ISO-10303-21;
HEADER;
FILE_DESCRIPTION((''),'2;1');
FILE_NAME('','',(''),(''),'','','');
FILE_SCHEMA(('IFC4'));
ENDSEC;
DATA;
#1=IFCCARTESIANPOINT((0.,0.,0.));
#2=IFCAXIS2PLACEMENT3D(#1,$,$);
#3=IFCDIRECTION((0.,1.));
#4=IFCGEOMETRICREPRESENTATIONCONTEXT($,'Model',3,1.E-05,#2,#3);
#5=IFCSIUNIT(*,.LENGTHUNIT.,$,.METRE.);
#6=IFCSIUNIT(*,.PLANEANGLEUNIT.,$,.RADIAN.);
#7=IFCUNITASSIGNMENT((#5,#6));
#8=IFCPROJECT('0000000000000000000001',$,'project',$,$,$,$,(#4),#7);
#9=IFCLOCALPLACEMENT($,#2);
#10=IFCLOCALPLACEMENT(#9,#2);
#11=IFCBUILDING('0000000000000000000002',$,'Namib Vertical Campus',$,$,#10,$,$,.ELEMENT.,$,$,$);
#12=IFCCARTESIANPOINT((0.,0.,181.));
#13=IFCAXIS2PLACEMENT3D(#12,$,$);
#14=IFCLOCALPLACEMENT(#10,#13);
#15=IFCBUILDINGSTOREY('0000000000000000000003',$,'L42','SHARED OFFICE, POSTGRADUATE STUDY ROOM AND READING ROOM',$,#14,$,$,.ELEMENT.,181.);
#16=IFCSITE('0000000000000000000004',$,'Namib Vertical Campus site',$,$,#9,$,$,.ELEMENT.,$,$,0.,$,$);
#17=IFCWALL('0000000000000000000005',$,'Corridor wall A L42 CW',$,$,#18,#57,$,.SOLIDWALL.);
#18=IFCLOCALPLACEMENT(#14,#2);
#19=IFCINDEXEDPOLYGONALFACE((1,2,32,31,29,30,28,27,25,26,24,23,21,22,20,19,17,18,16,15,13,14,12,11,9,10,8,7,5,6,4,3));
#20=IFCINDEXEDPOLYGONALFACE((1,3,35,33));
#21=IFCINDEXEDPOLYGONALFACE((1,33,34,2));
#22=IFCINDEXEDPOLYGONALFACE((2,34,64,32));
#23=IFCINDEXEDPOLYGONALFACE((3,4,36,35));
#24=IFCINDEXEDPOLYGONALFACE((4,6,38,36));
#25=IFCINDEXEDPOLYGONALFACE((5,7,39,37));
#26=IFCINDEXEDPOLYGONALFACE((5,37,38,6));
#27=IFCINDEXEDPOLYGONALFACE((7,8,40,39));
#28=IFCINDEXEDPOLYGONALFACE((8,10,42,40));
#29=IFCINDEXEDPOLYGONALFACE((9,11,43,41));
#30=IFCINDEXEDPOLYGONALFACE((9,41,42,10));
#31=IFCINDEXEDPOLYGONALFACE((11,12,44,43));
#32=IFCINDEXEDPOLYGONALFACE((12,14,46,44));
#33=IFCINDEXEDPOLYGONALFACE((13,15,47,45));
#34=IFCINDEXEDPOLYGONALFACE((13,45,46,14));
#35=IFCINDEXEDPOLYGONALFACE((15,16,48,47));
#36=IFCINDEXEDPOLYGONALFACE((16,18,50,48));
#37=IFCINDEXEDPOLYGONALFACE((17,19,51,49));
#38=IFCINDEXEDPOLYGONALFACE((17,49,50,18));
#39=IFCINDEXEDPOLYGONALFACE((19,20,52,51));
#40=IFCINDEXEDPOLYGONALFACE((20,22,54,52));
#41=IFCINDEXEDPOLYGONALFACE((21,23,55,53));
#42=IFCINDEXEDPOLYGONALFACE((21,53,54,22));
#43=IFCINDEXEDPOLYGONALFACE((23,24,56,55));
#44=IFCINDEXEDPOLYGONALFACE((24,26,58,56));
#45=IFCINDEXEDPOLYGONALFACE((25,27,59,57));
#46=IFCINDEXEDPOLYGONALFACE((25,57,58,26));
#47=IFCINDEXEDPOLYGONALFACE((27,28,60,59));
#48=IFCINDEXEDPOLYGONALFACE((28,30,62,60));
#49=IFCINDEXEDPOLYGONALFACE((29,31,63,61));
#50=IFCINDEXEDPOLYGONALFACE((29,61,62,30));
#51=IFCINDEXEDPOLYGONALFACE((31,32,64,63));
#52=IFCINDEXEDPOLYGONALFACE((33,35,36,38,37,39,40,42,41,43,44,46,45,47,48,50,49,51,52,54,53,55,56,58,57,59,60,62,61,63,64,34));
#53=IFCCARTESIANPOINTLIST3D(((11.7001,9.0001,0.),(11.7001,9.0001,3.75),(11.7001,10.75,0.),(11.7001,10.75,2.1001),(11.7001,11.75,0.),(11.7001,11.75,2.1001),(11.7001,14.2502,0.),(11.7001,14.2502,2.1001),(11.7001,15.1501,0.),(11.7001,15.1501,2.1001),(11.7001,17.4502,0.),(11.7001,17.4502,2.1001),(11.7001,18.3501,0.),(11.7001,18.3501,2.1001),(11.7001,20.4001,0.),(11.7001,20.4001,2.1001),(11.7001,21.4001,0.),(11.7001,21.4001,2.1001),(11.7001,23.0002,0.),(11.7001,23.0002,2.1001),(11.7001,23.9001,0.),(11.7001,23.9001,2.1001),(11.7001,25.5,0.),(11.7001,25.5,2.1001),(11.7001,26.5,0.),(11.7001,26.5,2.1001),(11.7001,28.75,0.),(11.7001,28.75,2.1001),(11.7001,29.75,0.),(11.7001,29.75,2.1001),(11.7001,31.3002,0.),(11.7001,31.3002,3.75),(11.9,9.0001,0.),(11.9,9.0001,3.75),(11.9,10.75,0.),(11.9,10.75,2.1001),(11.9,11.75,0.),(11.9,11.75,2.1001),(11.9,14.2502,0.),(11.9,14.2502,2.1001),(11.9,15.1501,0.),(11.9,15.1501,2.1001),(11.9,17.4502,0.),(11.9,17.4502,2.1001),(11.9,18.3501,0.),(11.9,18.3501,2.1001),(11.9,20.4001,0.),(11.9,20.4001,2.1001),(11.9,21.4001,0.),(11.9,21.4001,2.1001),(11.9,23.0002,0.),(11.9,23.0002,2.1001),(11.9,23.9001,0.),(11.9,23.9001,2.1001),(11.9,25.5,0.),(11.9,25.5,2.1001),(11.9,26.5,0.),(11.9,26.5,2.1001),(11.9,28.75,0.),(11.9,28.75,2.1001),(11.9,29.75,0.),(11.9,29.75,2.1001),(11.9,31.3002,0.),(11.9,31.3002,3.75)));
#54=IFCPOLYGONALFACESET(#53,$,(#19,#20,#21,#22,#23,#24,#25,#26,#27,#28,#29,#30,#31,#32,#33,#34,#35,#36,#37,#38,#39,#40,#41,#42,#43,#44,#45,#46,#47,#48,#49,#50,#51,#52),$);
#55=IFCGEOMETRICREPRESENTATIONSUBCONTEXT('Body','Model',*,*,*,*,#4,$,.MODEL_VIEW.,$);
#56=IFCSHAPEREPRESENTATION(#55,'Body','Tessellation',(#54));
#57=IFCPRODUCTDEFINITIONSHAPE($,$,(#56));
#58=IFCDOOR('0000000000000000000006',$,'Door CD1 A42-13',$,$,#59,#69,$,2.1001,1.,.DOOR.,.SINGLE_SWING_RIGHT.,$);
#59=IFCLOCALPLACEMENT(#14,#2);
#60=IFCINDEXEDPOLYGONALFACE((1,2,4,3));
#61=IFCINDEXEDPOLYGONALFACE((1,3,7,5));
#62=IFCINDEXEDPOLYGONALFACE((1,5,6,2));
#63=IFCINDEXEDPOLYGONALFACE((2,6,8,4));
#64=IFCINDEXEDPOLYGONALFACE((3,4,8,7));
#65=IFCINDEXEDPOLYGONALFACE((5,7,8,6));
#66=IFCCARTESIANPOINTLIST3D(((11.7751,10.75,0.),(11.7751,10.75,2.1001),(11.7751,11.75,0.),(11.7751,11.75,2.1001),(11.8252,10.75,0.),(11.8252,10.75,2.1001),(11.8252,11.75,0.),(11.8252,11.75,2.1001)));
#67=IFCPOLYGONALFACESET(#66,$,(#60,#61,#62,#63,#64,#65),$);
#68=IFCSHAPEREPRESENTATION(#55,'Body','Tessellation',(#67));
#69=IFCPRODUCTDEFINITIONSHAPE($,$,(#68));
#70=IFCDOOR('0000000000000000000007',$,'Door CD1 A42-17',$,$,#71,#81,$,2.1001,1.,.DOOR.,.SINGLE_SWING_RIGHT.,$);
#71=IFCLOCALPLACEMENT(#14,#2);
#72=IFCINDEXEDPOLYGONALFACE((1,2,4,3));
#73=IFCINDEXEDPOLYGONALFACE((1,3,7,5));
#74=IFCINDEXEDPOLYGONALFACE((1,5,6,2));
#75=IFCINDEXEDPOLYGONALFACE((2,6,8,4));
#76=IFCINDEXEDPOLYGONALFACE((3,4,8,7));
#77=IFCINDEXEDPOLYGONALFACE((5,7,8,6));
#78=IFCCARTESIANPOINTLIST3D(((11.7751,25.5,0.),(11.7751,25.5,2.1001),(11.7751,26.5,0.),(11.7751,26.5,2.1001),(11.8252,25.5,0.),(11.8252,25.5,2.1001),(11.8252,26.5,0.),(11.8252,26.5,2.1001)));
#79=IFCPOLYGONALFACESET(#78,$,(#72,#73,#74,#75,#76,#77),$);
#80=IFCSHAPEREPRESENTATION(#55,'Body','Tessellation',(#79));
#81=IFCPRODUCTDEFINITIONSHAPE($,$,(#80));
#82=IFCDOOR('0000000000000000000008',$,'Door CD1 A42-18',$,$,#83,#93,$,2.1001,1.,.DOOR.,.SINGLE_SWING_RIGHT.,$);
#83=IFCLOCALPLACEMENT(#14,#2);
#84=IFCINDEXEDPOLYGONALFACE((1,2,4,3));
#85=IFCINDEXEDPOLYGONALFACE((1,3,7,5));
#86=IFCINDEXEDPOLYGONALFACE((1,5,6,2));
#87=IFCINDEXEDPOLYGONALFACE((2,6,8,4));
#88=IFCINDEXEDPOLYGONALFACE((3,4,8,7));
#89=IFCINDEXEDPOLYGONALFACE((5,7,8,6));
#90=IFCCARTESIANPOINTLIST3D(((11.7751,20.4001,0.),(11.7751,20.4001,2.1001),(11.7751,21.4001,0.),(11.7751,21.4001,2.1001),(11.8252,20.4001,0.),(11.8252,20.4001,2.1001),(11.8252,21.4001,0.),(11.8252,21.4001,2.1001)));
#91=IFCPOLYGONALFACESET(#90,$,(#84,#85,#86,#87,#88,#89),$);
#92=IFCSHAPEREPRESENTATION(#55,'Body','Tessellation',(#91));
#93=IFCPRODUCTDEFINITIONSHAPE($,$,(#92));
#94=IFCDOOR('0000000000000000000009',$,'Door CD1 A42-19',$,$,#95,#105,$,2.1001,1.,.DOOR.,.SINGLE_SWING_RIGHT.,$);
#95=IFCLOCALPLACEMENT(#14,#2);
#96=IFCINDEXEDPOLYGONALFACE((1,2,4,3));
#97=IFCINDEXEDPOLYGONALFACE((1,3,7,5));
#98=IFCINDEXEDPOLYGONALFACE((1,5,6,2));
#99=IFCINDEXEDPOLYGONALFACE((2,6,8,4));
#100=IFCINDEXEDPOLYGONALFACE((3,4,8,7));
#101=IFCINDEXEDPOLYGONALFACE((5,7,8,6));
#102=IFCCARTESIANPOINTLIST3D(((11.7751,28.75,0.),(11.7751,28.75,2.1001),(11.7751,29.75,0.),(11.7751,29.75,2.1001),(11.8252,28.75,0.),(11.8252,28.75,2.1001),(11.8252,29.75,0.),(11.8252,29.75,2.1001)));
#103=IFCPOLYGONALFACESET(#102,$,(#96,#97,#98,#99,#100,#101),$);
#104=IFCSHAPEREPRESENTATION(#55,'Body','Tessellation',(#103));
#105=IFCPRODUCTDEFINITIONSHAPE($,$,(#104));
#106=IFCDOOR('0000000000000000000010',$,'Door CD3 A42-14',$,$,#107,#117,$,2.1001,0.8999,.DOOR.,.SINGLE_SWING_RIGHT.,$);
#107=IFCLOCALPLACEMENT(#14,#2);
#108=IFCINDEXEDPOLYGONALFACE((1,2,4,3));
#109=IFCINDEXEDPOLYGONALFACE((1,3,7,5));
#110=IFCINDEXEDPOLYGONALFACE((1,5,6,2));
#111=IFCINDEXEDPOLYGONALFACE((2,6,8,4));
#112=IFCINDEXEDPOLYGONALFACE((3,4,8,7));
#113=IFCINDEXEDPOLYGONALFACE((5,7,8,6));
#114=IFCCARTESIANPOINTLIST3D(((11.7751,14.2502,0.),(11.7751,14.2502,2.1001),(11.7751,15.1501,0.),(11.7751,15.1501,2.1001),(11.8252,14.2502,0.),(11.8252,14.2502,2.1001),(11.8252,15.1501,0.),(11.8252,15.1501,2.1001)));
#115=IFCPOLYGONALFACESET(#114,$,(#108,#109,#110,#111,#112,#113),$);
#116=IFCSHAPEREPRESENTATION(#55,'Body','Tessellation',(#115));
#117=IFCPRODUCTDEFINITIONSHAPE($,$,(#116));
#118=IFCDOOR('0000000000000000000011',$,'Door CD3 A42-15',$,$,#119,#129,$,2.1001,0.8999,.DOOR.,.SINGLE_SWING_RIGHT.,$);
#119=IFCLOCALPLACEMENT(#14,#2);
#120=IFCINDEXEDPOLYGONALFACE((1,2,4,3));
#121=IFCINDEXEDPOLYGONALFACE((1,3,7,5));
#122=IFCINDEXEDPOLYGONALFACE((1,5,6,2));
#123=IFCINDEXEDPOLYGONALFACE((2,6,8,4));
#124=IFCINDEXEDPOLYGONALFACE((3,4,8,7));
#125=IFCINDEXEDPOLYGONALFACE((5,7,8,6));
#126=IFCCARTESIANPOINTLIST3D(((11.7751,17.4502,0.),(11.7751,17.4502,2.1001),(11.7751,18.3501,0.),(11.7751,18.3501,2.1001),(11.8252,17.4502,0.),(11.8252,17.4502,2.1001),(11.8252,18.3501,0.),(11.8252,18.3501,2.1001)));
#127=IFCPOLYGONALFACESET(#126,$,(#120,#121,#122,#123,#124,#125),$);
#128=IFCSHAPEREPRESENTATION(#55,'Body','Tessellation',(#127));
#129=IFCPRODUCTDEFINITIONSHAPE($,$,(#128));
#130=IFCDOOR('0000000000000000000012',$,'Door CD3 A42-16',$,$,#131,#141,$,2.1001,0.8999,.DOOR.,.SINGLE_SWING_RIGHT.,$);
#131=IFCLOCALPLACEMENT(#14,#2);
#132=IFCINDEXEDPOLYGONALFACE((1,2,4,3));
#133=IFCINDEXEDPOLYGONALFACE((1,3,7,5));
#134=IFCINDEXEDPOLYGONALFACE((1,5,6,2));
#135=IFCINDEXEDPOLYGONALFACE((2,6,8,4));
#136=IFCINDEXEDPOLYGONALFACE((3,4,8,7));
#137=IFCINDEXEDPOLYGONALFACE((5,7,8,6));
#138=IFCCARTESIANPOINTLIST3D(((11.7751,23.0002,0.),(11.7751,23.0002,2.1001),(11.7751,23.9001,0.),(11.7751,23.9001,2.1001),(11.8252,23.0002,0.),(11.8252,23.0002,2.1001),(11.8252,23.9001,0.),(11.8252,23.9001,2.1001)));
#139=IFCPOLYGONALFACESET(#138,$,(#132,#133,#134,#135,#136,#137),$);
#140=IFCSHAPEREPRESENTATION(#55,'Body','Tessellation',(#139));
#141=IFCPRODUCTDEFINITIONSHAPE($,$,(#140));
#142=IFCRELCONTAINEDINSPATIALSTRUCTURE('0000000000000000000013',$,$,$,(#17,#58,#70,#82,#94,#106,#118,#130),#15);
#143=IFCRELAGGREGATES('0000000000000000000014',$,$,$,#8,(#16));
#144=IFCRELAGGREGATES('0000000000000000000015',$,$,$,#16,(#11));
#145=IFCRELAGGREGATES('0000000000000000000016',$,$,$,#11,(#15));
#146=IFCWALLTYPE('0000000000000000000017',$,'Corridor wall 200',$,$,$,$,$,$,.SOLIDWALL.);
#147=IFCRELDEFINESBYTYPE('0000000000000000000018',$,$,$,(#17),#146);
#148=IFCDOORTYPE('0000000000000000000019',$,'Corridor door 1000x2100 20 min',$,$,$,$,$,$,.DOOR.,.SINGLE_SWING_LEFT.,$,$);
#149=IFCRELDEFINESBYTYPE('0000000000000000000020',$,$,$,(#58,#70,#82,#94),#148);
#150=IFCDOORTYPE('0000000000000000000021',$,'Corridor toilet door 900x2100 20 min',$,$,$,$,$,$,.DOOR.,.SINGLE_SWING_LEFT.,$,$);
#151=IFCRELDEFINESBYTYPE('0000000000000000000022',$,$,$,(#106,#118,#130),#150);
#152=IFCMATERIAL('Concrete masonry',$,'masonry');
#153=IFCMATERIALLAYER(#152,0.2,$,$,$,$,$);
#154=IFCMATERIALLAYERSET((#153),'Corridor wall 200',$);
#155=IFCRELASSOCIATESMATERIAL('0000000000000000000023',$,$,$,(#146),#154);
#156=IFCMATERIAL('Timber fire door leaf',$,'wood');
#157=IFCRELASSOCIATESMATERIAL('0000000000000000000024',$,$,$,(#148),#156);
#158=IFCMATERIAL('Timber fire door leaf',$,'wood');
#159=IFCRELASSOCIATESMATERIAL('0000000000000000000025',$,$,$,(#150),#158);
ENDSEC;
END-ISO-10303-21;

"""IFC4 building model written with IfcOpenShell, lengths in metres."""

from ifc_helpers import new_model, si_unit, direction, frame, frame_2d, origin, place, context, subcontext, project, spatial, rectangle, extrude, material, layer, layer_set, type_object, element, fill, save


model = new_model("IFC4")

# Units and contexts
model_context = context("Model", 3, precision=1e-05, world=origin(), true_north=direction((0.0, 1.0)))
body_context = subcontext(model_context, "Body", "Model", "MODEL_VIEW")
ifc_project = project(units=[si_unit("LENGTHUNIT", "METRE"), si_unit("PLANEANGLEUNIT", "RADIAN")], contexts=[model_context])

# Site, building, storey
site_placement = place(None, origin())
site = spatial("IfcSite", under=ifc_project, at=site_placement, Name="Namib Vertical Campus site", CompositionType="ELEMENT", RefElevation=0.0)
building_placement = place(site_placement, origin())
building = spatial("IfcBuilding", under=site, at=building_placement, Name="Namib Vertical Campus", CompositionType="ELEMENT")
storey_placement = place(building_placement, frame((0.0, 0.0, 181.0)))
storey = spatial("IfcBuildingStorey", under=building, at=storey_placement, Name="L42", Description="SHARED OFFICE, POSTGRADUATE STUDY ROOM AND READING ROOM", CompositionType="ELEMENT", Elevation=181.0)

# Wall, openings, doors
ifc_material_1 = material(Name="Concrete masonry", Category="masonry")
ifc_layer_1 = layer(ifc_material_1, 0.2)
ifc_layer_set_1 = layer_set([ifc_layer_1], Name="Corridor wall 200")
wall_type_1 = type_object("IfcWallType", Name="Corridor wall 200", PredefinedType="SOLIDWALL", material=ifc_layer_set_1)
wall_1_placement = place(storey_placement, frame((11.8, 31.3, 0.0), z_axis=(0.0, 0.0, 1.0), x_axis=(0.0, -1.0, 0.0)))
wall_1 = element("IfcWall", 1, at=wall_1_placement, inside=storey, type_object=wall_type_1, Name="Corridor wall A L42 CW", PredefinedType="SOLIDWALL", context=body_context, shape_type="SweptSolid", body=[
    extrude(rectangle(XDim=22.3, YDim=0.2, at=frame_2d((11.1499, 0.0))), origin(), (0.0, 0.0, 1.0), 3.75),
])
opening_1_placement = place(wall_1_placement, frame((19.55, 0.0, 0.0)))
opening_1 = element("IfcOpeningElement", 2, at=opening_1_placement, cuts=wall_1, PredefinedType="OPENING", context=body_context, shape_type="SweptSolid", body=[
    extrude(rectangle(XDim=1.0, YDim=2.1001, at=frame_2d((0.5, 1.05))), frame((0.0, 0.1099, 0.0), z_axis=(0.0, -1.0, 0.0), x_axis=(1.0, 0.0, 0.0)), (0.0, 0.0, 1.0), 0.22),
])
opening_2_placement = place(wall_1_placement, frame((16.1499, 0.0, 0.0)))
opening_2 = element("IfcOpeningElement", 3, at=opening_2_placement, cuts=wall_1, PredefinedType="OPENING", context=body_context, shape_type="SweptSolid", body=[
    extrude(rectangle(XDim=0.8999, YDim=2.1001, at=frame_2d((0.45, 1.05))), frame((0.0, 0.1099, 0.0), z_axis=(0.0, -1.0, 0.0), x_axis=(1.0, 0.0, 0.0)), (0.0, 0.0, 1.0), 0.22),
])
opening_3_placement = place(wall_1_placement, frame((12.95, 0.0, 0.0)))
opening_3 = element("IfcOpeningElement", 4, at=opening_3_placement, cuts=wall_1, PredefinedType="OPENING", context=body_context, shape_type="SweptSolid", body=[
    extrude(rectangle(XDim=0.8999, YDim=2.1001, at=frame_2d((0.45, 1.05))), frame((0.0, 0.1099, 0.0), z_axis=(0.0, -1.0, 0.0), x_axis=(1.0, 0.0, 0.0)), (0.0, 0.0, 1.0), 0.22),
])
opening_4_placement = place(wall_1_placement, frame((7.3999, 0.0, 0.0)))
opening_4 = element("IfcOpeningElement", 5, at=opening_4_placement, cuts=wall_1, PredefinedType="OPENING", context=body_context, shape_type="SweptSolid", body=[
    extrude(rectangle(XDim=0.8999, YDim=2.1001, at=frame_2d((0.45, 1.05))), frame((0.0, 0.1099, 0.0), z_axis=(0.0, -1.0, 0.0), x_axis=(1.0, 0.0, 0.0)), (0.0, 0.0, 1.0), 0.22),
])
opening_5_placement = place(wall_1_placement, frame((4.8, 0.0, 0.0)))
opening_5 = element("IfcOpeningElement", 6, at=opening_5_placement, cuts=wall_1, PredefinedType="OPENING", context=body_context, shape_type="SweptSolid", body=[
    extrude(rectangle(XDim=1.0, YDim=2.1001, at=frame_2d((0.5, 1.05))), frame((0.0, 0.1099, 0.0), z_axis=(0.0, -1.0, 0.0), x_axis=(1.0, 0.0, 0.0)), (0.0, 0.0, 1.0), 0.22),
])
opening_6_placement = place(wall_1_placement, frame((9.8999, 0.0, 0.0)))
opening_6 = element("IfcOpeningElement", 7, at=opening_6_placement, cuts=wall_1, PredefinedType="OPENING", context=body_context, shape_type="SweptSolid", body=[
    extrude(rectangle(XDim=1.0, YDim=2.1001, at=frame_2d((0.5, 1.05))), frame((0.0, 0.1099, 0.0), z_axis=(0.0, -1.0, 0.0), x_axis=(1.0, 0.0, 0.0)), (0.0, 0.0, 1.0), 0.22),
])
opening_7_placement = place(wall_1_placement, frame((1.55, 0.0, 0.0)))
opening_7 = element("IfcOpeningElement", 8, at=opening_7_placement, cuts=wall_1, PredefinedType="OPENING", context=body_context, shape_type="SweptSolid", body=[
    extrude(rectangle(XDim=1.0, YDim=2.1001, at=frame_2d((0.5, 1.05))), frame((0.0, 0.1099, 0.0), z_axis=(0.0, -1.0, 0.0), x_axis=(1.0, 0.0, 0.0)), (0.0, 0.0, 1.0), 0.22),
])
ifc_material_2 = material(Name="Timber fire door leaf", Category="wood")
door_type_1 = type_object("IfcDoorType", Name="Corridor door 1000x2100 20 min", OperationType="SINGLE_SWING_LEFT", PredefinedType="DOOR", material=ifc_material_2)
door_1_placement = place(opening_1_placement, frame((1.0, 0.0, 0.0), z_axis=(0.0, 0.0, 1.0), x_axis=(-1.0, 0.0, 0.0)))
door_1 = element("IfcDoor", 9, at=door_1_placement, inside=storey, type_object=door_type_1, Name="Door CD1 A42-13", OperationType="SINGLE_SWING_RIGHT", OverallHeight=2.1001, OverallWidth=1.0, PredefinedType="DOOR", context=body_context, shape_type="SweptSolid", body=[
    extrude(rectangle(XDim=1.0, YDim=2.1001, at=frame_2d((0.5, 1.05))), frame((0.0, 0.0249, 0.0), z_axis=(0.0, -1.0, 0.0), x_axis=(1.0, 0.0, 0.0)), (0.0, 0.0, 1.0), 0.05),
])
fill(opening_1, door_1)
door_2_placement = place(opening_5_placement, frame((1.0, 0.0, 0.0), z_axis=(0.0, 0.0, 1.0), x_axis=(-1.0, 0.0, 0.0)))
door_2 = element("IfcDoor", 10, at=door_2_placement, inside=storey, type_object=door_type_1, Name="Door CD1 A42-17", OperationType="SINGLE_SWING_RIGHT", OverallHeight=2.1001, OverallWidth=1.0, PredefinedType="DOOR", context=body_context, shape_type="SweptSolid", body=[
    extrude(rectangle(XDim=1.0, YDim=2.1001, at=frame_2d((0.5, 1.05))), frame((0.0, 0.0249, 0.0), z_axis=(0.0, -1.0, 0.0), x_axis=(1.0, 0.0, 0.0)), (0.0, 0.0, 1.0), 0.05),
])
fill(opening_5, door_2)
door_3_placement = place(opening_6_placement, frame((1.0, 0.0, 0.0), z_axis=(0.0, 0.0, 1.0), x_axis=(-1.0, 0.0, 0.0)))
door_3 = element("IfcDoor", 11, at=door_3_placement, inside=storey, type_object=door_type_1, Name="Door CD1 A42-18", OperationType="SINGLE_SWING_RIGHT", OverallHeight=2.1001, OverallWidth=1.0, PredefinedType="DOOR", context=body_context, shape_type="SweptSolid", body=[
    extrude(rectangle(XDim=1.0, YDim=2.1001, at=frame_2d((0.5, 1.05))), frame((0.0, 0.0249, 0.0), z_axis=(0.0, -1.0, 0.0), x_axis=(1.0, 0.0, 0.0)), (0.0, 0.0, 1.0), 0.05),
])
fill(opening_6, door_3)
door_4_placement = place(opening_7_placement, frame((1.0, 0.0, 0.0), z_axis=(0.0, 0.0, 1.0), x_axis=(-1.0, 0.0, 0.0)))
door_4 = element("IfcDoor", 12, at=door_4_placement, inside=storey, type_object=door_type_1, Name="Door CD1 A42-19", OperationType="SINGLE_SWING_RIGHT", OverallHeight=2.1001, OverallWidth=1.0, PredefinedType="DOOR", context=body_context, shape_type="SweptSolid", body=[
    extrude(rectangle(XDim=1.0, YDim=2.1001, at=frame_2d((0.5, 1.05))), frame((0.0, 0.0249, 0.0), z_axis=(0.0, -1.0, 0.0), x_axis=(1.0, 0.0, 0.0)), (0.0, 0.0, 1.0), 0.05),
])
fill(opening_7, door_4)
ifc_material_3 = material(Name="Timber fire door leaf", Category="wood")
door_type_2 = type_object("IfcDoorType", Name="Corridor toilet door 900x2100 20 min", OperationType="SINGLE_SWING_LEFT", PredefinedType="DOOR", material=ifc_material_3)
door_5_placement = place(opening_2_placement, frame((0.8999, 0.0, 0.0), z_axis=(0.0, 0.0, 1.0), x_axis=(-1.0, 0.0, 0.0)))
door_5 = element("IfcDoor", 13, at=door_5_placement, inside=storey, type_object=door_type_2, Name="Door CD3 A42-14", OperationType="SINGLE_SWING_RIGHT", OverallHeight=2.1001, OverallWidth=0.8999, PredefinedType="DOOR", context=body_context, shape_type="SweptSolid", body=[
    extrude(rectangle(XDim=0.8999, YDim=2.1001, at=frame_2d((0.45, 1.05))), frame((0.0, 0.0249, 0.0), z_axis=(0.0, -1.0, 0.0), x_axis=(1.0, 0.0, 0.0)), (0.0, 0.0, 1.0), 0.05),
])
fill(opening_2, door_5)
door_6_placement = place(opening_3_placement, frame((0.8999, 0.0, 0.0), z_axis=(0.0, 0.0, 1.0), x_axis=(-1.0, 0.0, 0.0)))
door_6 = element("IfcDoor", 14, at=door_6_placement, inside=storey, type_object=door_type_2, Name="Door CD3 A42-15", OperationType="SINGLE_SWING_RIGHT", OverallHeight=2.1001, OverallWidth=0.8999, PredefinedType="DOOR", context=body_context, shape_type="SweptSolid", body=[
    extrude(rectangle(XDim=0.8999, YDim=2.1001, at=frame_2d((0.45, 1.05))), frame((0.0, 0.0249, 0.0), z_axis=(0.0, -1.0, 0.0), x_axis=(1.0, 0.0, 0.0)), (0.0, 0.0, 1.0), 0.05),
])
fill(opening_3, door_6)
door_7_placement = place(opening_4_placement, frame((0.8999, 0.0, 0.0), z_axis=(0.0, 0.0, 1.0), x_axis=(-1.0, 0.0, 0.0)))
door_7 = element("IfcDoor", 15, at=door_7_placement, inside=storey, type_object=door_type_2, Name="Door CD3 A42-16", OperationType="SINGLE_SWING_RIGHT", OverallHeight=2.1001, OverallWidth=0.8999, PredefinedType="DOOR", context=body_context, shape_type="SweptSolid", body=[
    extrude(rectangle(XDim=0.8999, YDim=2.1001, at=frame_2d((0.45, 1.05))), frame((0.0, 0.0249, 0.0), z_axis=(0.0, -1.0, 0.0), x_axis=(1.0, 0.0, 0.0)), (0.0, 0.0, 1.0), 0.05),
])
fill(opening_4, door_7)

save(model, "model.ifc")
